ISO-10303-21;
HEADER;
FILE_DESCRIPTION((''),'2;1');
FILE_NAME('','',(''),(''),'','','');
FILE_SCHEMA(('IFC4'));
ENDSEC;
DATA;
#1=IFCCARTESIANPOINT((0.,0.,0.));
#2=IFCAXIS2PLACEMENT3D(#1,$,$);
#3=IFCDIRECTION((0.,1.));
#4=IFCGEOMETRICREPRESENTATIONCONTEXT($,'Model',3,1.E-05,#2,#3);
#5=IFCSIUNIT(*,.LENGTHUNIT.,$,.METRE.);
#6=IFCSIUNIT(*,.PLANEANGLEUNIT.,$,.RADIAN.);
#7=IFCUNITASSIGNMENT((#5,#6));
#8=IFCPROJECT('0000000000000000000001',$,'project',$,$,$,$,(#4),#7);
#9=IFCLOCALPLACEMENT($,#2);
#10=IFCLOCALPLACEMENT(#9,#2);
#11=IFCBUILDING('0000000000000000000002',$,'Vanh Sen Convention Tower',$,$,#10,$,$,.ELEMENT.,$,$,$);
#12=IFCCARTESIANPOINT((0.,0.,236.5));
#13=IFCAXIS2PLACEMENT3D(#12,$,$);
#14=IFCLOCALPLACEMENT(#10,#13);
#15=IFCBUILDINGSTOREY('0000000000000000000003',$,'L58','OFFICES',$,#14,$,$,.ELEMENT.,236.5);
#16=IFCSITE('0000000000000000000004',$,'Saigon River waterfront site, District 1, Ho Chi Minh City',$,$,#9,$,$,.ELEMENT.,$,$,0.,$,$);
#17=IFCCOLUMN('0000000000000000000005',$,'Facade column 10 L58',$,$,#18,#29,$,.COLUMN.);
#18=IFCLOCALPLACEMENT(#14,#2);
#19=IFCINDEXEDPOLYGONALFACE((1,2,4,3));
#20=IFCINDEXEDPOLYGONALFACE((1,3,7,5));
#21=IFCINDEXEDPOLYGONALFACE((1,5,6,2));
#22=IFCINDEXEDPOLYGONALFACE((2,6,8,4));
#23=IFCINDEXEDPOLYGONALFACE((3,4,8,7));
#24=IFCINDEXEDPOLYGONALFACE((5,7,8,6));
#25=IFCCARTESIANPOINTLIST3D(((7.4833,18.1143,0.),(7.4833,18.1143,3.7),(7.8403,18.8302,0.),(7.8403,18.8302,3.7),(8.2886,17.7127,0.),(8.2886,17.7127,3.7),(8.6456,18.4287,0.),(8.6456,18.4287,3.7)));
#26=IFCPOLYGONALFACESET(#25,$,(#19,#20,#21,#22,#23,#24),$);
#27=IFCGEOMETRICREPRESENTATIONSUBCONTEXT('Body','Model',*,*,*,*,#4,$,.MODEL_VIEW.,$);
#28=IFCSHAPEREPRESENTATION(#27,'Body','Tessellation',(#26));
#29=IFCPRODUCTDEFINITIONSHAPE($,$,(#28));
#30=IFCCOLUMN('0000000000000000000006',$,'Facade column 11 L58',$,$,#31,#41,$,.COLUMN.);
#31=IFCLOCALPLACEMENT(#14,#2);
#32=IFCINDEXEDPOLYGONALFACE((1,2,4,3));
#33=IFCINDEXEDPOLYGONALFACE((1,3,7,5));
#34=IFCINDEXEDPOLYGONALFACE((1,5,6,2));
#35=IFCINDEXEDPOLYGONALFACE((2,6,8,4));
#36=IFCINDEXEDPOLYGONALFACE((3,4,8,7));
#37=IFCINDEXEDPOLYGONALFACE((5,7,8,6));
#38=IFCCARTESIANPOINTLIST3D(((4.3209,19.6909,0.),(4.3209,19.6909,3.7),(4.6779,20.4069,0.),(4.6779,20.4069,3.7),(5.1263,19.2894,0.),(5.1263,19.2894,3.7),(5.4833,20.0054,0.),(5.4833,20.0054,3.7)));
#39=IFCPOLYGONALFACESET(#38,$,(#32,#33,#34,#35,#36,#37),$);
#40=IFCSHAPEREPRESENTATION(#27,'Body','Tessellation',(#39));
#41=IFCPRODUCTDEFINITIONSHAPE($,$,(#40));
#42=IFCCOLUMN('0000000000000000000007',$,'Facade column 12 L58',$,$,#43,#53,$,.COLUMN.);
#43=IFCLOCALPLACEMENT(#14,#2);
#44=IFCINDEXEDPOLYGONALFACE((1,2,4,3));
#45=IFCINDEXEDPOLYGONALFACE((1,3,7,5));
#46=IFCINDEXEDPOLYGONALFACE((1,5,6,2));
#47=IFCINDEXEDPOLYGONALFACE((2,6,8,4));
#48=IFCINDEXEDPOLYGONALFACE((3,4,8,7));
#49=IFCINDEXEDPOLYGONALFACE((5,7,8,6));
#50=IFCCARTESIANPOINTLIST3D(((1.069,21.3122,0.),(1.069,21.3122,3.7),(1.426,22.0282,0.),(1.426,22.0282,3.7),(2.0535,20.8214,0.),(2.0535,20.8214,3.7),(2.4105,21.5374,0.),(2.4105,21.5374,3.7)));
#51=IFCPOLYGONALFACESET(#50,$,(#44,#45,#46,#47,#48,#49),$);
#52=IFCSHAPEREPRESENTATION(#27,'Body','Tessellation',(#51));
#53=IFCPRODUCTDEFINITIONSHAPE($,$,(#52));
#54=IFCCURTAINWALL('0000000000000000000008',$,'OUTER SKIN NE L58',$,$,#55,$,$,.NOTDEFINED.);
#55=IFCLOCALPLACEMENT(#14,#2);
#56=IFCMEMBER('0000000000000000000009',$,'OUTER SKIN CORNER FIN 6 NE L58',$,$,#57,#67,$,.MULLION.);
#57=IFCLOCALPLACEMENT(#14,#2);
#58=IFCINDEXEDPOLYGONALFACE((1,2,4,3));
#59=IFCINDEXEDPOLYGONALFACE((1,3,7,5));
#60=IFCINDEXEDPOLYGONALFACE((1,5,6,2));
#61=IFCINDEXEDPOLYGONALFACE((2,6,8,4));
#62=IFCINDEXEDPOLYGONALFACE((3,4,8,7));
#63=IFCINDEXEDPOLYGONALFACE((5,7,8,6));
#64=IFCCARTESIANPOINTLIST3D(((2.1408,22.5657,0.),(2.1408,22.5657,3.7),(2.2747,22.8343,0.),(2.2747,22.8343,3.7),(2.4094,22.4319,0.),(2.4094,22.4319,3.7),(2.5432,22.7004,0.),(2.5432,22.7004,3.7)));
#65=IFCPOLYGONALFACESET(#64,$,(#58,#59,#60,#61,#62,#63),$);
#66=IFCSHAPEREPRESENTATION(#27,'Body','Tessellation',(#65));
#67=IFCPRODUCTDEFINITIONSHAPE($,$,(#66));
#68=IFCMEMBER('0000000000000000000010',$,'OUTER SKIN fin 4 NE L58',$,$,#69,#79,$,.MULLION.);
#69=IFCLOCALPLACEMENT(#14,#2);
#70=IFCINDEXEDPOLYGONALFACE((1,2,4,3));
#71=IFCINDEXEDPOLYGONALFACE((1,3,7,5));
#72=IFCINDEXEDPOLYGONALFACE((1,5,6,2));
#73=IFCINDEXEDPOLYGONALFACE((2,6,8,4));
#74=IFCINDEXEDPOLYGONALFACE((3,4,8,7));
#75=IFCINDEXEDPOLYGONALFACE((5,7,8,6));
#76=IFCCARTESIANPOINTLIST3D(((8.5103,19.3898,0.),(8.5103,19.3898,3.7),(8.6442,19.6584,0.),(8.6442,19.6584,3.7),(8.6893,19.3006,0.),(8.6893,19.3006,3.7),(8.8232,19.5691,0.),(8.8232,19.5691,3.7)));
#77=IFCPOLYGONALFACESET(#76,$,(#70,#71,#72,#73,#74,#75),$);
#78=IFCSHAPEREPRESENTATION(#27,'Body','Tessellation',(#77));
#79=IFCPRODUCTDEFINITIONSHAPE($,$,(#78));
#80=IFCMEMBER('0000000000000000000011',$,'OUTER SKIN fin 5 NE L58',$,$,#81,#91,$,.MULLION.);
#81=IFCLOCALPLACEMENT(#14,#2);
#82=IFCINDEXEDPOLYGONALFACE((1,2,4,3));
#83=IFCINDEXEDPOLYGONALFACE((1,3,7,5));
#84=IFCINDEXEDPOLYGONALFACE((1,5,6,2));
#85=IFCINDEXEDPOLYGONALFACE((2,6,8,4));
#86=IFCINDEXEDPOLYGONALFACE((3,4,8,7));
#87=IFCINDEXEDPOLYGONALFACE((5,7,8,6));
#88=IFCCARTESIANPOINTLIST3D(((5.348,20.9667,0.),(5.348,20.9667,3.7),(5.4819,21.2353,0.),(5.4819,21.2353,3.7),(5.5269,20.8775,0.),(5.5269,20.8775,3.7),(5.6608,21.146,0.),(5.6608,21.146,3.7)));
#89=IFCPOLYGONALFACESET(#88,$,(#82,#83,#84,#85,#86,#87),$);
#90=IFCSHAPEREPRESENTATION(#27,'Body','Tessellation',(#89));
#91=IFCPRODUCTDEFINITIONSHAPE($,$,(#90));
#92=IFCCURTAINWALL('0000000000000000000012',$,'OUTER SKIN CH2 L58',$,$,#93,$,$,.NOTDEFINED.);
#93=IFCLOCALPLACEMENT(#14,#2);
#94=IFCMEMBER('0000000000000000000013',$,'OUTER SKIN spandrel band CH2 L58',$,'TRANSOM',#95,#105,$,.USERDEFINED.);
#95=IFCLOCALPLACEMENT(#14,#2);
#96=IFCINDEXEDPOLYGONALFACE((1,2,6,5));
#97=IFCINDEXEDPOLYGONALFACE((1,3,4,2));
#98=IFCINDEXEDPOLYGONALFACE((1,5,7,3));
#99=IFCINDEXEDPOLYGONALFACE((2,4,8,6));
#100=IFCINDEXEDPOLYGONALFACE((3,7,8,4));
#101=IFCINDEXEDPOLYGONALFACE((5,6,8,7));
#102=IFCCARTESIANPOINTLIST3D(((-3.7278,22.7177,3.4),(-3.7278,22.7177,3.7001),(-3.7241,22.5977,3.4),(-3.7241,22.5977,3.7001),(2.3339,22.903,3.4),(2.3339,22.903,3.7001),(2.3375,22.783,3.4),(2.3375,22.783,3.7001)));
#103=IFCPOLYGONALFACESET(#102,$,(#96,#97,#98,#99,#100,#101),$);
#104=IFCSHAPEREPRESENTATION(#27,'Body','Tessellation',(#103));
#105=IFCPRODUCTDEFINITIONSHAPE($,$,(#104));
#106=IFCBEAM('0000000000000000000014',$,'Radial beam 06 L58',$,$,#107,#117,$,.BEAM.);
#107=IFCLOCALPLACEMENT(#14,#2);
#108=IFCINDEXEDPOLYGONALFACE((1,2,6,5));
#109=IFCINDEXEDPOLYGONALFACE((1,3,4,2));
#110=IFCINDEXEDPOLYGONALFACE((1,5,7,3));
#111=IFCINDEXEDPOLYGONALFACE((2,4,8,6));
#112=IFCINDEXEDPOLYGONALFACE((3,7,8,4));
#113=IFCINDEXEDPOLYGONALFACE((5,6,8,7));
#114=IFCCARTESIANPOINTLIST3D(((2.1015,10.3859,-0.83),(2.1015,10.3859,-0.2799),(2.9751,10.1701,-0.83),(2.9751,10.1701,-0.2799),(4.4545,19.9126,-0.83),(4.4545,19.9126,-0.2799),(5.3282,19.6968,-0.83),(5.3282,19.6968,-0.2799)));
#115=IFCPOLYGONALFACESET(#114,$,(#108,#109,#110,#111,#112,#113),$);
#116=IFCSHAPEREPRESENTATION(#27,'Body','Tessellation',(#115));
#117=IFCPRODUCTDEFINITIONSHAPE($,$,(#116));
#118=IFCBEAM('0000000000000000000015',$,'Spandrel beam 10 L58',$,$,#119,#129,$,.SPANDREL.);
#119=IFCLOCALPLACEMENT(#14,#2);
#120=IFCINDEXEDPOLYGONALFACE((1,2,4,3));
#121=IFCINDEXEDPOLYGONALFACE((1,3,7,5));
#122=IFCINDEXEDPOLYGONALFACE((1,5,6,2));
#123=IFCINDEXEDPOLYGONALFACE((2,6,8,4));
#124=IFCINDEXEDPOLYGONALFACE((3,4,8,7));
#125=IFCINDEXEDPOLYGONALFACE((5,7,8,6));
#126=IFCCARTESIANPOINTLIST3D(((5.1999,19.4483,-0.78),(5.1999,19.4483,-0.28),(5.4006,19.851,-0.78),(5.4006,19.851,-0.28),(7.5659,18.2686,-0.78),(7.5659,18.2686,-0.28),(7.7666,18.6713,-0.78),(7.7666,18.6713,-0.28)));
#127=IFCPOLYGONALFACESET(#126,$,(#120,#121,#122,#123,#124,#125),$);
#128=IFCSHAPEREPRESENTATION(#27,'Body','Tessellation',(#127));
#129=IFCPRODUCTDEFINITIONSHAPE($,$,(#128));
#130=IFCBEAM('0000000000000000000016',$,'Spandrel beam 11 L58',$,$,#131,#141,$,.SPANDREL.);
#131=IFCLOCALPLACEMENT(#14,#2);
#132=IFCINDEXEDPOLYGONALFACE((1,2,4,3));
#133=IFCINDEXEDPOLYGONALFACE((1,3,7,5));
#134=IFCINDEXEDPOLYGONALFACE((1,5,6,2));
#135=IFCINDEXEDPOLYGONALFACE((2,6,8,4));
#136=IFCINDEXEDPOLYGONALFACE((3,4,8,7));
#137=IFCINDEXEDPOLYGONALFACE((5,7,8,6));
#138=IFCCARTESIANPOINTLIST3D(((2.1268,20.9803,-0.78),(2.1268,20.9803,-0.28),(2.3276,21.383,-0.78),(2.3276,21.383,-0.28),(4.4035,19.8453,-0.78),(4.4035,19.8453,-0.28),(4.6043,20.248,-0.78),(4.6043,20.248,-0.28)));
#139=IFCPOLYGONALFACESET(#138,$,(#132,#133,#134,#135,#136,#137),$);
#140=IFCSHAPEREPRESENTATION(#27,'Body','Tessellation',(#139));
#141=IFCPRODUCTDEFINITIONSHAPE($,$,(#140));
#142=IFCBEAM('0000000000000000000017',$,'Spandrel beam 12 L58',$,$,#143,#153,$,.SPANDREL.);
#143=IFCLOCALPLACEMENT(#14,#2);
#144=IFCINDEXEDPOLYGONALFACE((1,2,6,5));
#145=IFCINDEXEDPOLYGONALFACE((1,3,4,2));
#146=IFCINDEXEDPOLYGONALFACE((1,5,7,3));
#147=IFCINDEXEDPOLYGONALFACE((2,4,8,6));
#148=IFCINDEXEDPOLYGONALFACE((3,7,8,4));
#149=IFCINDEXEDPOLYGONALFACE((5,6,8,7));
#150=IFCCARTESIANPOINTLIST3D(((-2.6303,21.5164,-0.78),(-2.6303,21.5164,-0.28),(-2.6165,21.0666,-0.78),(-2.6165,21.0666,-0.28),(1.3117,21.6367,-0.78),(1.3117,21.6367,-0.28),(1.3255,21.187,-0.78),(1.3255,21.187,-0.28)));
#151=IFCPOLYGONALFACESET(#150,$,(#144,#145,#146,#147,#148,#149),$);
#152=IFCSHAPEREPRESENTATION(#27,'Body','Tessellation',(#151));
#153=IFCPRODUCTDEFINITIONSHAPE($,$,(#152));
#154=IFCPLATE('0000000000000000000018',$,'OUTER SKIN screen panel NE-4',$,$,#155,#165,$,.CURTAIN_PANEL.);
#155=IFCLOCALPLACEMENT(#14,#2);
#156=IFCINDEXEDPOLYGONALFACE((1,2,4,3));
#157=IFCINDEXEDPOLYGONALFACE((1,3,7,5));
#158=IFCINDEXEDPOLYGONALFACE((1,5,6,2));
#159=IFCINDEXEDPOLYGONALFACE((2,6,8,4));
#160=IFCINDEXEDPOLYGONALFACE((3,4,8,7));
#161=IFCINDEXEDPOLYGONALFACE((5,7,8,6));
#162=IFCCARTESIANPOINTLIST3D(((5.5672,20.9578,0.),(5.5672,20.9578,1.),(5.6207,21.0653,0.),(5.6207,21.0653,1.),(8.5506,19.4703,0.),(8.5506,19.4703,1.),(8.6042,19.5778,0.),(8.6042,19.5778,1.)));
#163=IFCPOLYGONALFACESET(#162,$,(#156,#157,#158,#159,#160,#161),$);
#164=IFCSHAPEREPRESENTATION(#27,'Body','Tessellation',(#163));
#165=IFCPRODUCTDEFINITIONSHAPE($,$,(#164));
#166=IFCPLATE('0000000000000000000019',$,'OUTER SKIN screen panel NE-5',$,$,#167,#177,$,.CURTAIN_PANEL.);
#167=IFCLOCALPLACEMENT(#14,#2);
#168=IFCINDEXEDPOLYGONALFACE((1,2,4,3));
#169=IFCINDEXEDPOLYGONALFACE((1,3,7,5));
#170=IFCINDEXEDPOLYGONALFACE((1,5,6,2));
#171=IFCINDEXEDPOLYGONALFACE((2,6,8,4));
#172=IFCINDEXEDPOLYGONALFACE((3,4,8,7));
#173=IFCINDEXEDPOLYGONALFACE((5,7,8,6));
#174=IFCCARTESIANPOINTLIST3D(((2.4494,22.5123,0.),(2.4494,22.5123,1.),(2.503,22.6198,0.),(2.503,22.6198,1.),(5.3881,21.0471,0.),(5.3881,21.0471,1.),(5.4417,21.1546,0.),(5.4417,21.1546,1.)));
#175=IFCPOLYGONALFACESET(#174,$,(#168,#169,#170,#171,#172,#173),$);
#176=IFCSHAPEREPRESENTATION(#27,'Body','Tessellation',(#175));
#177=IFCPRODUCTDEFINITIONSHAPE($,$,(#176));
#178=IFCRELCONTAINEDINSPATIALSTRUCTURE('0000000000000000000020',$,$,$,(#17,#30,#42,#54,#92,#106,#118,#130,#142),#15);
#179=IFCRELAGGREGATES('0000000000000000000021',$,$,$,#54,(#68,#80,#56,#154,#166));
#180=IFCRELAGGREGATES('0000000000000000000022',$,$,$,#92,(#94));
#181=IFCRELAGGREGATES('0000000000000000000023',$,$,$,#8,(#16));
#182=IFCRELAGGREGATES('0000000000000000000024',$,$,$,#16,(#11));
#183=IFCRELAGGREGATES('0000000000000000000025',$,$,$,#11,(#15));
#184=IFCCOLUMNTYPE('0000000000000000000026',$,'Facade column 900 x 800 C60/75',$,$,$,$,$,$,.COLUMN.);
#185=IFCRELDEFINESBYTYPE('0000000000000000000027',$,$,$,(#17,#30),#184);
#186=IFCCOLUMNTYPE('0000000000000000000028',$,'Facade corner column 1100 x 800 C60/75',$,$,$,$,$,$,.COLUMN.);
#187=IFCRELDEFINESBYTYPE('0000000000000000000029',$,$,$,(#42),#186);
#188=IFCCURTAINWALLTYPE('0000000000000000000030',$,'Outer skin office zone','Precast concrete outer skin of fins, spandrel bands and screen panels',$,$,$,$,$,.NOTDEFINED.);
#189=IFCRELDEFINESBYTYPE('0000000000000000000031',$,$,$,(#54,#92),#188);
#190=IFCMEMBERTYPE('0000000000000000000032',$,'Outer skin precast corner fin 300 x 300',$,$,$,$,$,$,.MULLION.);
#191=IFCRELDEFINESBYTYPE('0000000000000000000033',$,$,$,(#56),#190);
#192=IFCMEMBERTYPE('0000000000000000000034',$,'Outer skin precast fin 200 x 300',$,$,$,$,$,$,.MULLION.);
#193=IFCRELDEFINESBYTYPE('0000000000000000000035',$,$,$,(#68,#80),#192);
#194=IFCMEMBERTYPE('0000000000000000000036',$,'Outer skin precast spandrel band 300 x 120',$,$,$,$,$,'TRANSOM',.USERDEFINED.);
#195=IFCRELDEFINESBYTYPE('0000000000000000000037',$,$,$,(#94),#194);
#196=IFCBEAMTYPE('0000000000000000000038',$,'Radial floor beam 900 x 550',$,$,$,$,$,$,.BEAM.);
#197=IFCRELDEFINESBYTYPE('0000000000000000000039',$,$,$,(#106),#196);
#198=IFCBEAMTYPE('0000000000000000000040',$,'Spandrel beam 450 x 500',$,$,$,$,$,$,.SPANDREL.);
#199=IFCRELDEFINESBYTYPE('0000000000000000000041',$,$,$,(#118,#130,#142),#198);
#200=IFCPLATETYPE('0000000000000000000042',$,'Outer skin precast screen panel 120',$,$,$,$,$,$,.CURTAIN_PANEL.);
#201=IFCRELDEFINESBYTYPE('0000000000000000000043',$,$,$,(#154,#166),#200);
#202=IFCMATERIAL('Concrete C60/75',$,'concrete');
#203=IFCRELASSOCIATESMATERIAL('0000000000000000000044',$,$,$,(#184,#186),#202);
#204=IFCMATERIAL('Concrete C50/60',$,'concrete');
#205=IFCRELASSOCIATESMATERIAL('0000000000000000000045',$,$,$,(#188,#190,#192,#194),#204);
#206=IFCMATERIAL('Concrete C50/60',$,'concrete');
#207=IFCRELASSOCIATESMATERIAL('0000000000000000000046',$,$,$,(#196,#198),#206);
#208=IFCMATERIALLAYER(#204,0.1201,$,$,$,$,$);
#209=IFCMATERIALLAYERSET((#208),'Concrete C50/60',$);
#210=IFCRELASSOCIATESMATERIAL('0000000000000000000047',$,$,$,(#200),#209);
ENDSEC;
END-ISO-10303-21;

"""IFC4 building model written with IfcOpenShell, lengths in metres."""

from ifc_helpers import new_model, si_unit, direction, frame, origin, origin_2d, place, context, subcontext, project, spatial, rectangle, extrude, material, layer, layer_set, material_profile, profile_set, type_object, element, aggregate, save


model = new_model("IFC4")

# Units and contexts
model_context = context("Model", 3, precision=1e-05, world=origin(), true_north=direction((0.0, 1.0)))
body_context = subcontext(model_context, "Body", "Model", "MODEL_VIEW")
ifc_project = project(units=[si_unit("LENGTHUNIT", "METRE"), si_unit("PLANEANGLEUNIT", "RADIAN")], contexts=[model_context])

# Site, building, storey
site_placement = place(None, origin())
site = spatial("IfcSite", under=ifc_project, at=site_placement, Name="Saigon River waterfront site, District 1, Ho Chi Minh City", CompositionType="ELEMENT", RefElevation=0.0)
building_placement = place(site_placement, origin())
building = spatial("IfcBuilding", under=site, at=building_placement, Name="Vanh Sen Convention Tower", CompositionType="ELEMENT")
storey_placement = place(building_placement, frame((0.0, 0.0, 236.5)))
storey = spatial("IfcBuildingStorey", under=building, at=storey_placement, Name="L58", Description="OFFICES", CompositionType="ELEMENT", Elevation=236.5)

# Columns
ifc_material_1 = material(Name="Concrete C60/75", Category="concrete")
ifc_material_profile_1 = material_profile(ifc_material_1, rectangle(XDim=0.8999, YDim=0.8, at=origin_2d()), Name="RC 900X800")
ifc_profile_set_1 = profile_set([ifc_material_profile_1], Name="Concrete C60/75")
column_type_1 = type_object("IfcColumnType", Name="Facade column 900 x 800 C60/75", PredefinedType="COLUMN", material=ifc_profile_set_1)
for number, where, z_axis, x_axis, name in (
    (1, (8.0645, 18.2715, 0.0), (0.0, 0.0, 1.0), (-0.894934, 0.446198, 0.0), "Facade column 10 L58"),
    (2, (4.9021, 19.8481, 0.0), (0.0, 0.0, 1.0), (-0.894934, 0.446198, 0.0), "Facade column 11 L58"),
):
    element("IfcColumn", number, at=place(storey_placement, frame(where, z_axis=z_axis, x_axis=x_axis)), inside=storey, type_object=column_type_1, Name=name, PredefinedType="COLUMN", context=body_context, shape_type="SweptSolid", body=[
        extrude(rectangle(XDim=0.8999, YDim=0.8, at=origin_2d()), origin(), (0.0, 0.0, 1.0), 3.7),
    ])
ifc_material_profile_2 = material_profile(ifc_material_1, rectangle(XDim=1.1001, YDim=0.8, at=origin_2d()), Name="RC 1100X800")
ifc_profile_set_2 = profile_set([ifc_material_profile_2], Name="Concrete C60/75")
column_type_2 = type_object("IfcColumnType", Name="Facade corner column 1100 x 800 C60/75", PredefinedType="COLUMN", material=ifc_profile_set_2)
column_placement = place(storey_placement, frame((1.7397, 21.4248, 0.0), z_axis=(0.0, 0.0, 1.0), x_axis=(-0.894934, 0.446198, 0.0)))
element("IfcColumn", 3, at=column_placement, inside=storey, type_object=column_type_2, Name="Facade column 12 L58", PredefinedType="COLUMN", context=body_context, shape_type="SweptSolid", body=[
    extrude(rectangle(XDim=1.1001, YDim=0.8, at=origin_2d()), origin(), (0.0, 0.0, 1.0), 3.7),
])

# Curtain wall, members
ifc_material_2 = material(Name="Concrete C50/60", Category="concrete")
curtain_wall_type = type_object("IfcCurtainWallType", Name="Outer skin office zone", Description="Precast concrete outer skin of fins, spandrel bands and screen panels", PredefinedType="NOTDEFINED", material=ifc_material_2)
curtain_wall_1_placement = place(storey_placement, origin())
curtain_wall_1 = element("IfcCurtainWall", 4, at=curtain_wall_1_placement, inside=storey, type_object=curtain_wall_type, Name="OUTER SKIN NE L58", PredefinedType="NOTDEFINED")
ifc_material_profile_3 = material_profile(ifc_material_2, rectangle(XDim=0.3, YDim=0.3, at=origin_2d()), Name="Outer skin precast corner fin 300 x 300")
ifc_profile_set_3 = profile_set([ifc_material_profile_3], Name="Concrete C50/60")
member_type_1 = type_object("IfcMemberType", Name="Outer skin precast corner fin 300 x 300", PredefinedType="MULLION", material=ifc_profile_set_3)
member_1_placement = place(storey_placement, frame((2.342, 22.6331, 0.0), z_axis=(0.0, 0.0, 1.0), x_axis=(-0.894934, 0.446198, 0.0)))
member_1 = element("IfcMember", 5, at=member_1_placement, type_object=member_type_1, Name="OUTER SKIN CORNER FIN 6 NE L58", PredefinedType="MULLION", context=body_context, shape_type="SweptSolid", body=[
    extrude(rectangle(XDim=0.3, YDim=0.3, at=origin_2d()), origin(), (0.0, 0.0, 1.0), 3.7),
])
ifc_material_profile_4 = material_profile(ifc_material_2, rectangle(XDim=0.2, YDim=0.3, at=origin_2d()), Name="Outer skin precast fin 200 x 300")
ifc_profile_set_4 = profile_set([ifc_material_profile_4], Name="Concrete C50/60")
member_type_2 = type_object("IfcMemberType", Name="Outer skin precast fin 200 x 300", PredefinedType="MULLION", material=ifc_profile_set_4)
member_2_placement = place(storey_placement, frame((8.6667, 19.4795, 0.0), z_axis=(0.0, 0.0, 1.0), x_axis=(-0.894934, 0.446198, 0.0)))
member_2 = element("IfcMember", 6, at=member_2_placement, type_object=member_type_2, Name="OUTER SKIN fin 4 NE L58", PredefinedType="MULLION", context=body_context, shape_type="SweptSolid", body=[
    extrude(rectangle(XDim=0.2, YDim=0.3, at=origin_2d()), origin(), (0.0, 0.0, 1.0), 3.7),
])
member_3_placement = place(storey_placement, frame((5.5044, 21.0564, 0.0), z_axis=(0.0, 0.0, 1.0), x_axis=(-0.894934, 0.446198, 0.0)))
member_3 = element("IfcMember", 7, at=member_3_placement, type_object=member_type_2, Name="OUTER SKIN fin 5 NE L58", PredefinedType="MULLION", context=body_context, shape_type="SweptSolid", body=[
    extrude(rectangle(XDim=0.2, YDim=0.3, at=origin_2d()), origin(), (0.0, 0.0, 1.0), 3.7),
])

# Curtain wall, member
curtain_wall_2_placement = place(storey_placement, origin())
curtain_wall_2 = element("IfcCurtainWall", 8, at=curtain_wall_2_placement, inside=storey, type_object=curtain_wall_type, Name="OUTER SKIN CH2 L58", PredefinedType="NOTDEFINED")
ifc_material_profile_5 = material_profile(ifc_material_2, rectangle(XDim=0.1201, YDim=0.3, at=origin_2d()), Name="Outer skin precast spandrel band 300 x 120")
ifc_profile_set_5 = profile_set([ifc_material_profile_5], Name="Concrete C50/60")
member_type_3 = type_object("IfcMemberType", Name="Outer skin precast spandrel band 300 x 120", ElementType="TRANSOM", PredefinedType="USERDEFINED", material=ifc_profile_set_5)
member_4_placement = place(storey_placement, frame((2.3357, 22.843, 3.55), z_axis=(-0.999533, -0.030556, 0.0), x_axis=(0.030556, -0.999533, 0.0)))
member_4 = element("IfcMember", 9, at=member_4_placement, type_object=member_type_3, Name="OUTER SKIN spandrel band CH2 L58", ObjectType="TRANSOM", PredefinedType="USERDEFINED", context=body_context, shape_type="SweptSolid", body=[
    extrude(rectangle(XDim=0.1201, YDim=0.3, at=origin_2d()), origin(), (0.0, 0.0, 1.0), 6.0645),
])

# Beams
ifc_material_3 = material(Name="Concrete C50/60", Category="concrete")
ifc_material_profile_6 = material_profile(ifc_material_3, rectangle(XDim=0.8999, YDim=0.55, at=origin_2d()), Name="RC 900X550")
ifc_profile_set_6 = profile_set([ifc_material_profile_6], Name="Concrete C50/60")
beam_type_1 = type_object("IfcBeamType", Name="Radial floor beam 900 x 550", PredefinedType="BEAM", material=ifc_profile_set_6)
beam_1_placement = place(storey_placement, frame((4.8914, 19.8047, -0.5549), z_axis=(-0.239789, -0.970825, 0.0), x_axis=(0.970825, -0.239789, 0.0)))
element("IfcBeam", 10, at=beam_1_placement, inside=storey, type_object=beam_type_1, Name="Radial beam 06 L58", PredefinedType="BEAM", context=body_context, shape_type="SweptSolid", body=[
    extrude(rectangle(XDim=0.8999, YDim=0.55, at=origin_2d()), origin(), (0.0, 0.0, 1.0), 9.813),
])
ifc_material_profile_7 = material_profile(ifc_material_3, rectangle(XDim=0.45, YDim=0.5, at=origin_2d()), Name="RC 450X500")
ifc_profile_set_7 = profile_set([ifc_material_profile_7], Name="Concrete C50/60")
beam_type_2 = type_object("IfcBeamType", Name="Spandrel beam 450 x 500", PredefinedType="SPANDREL", material=ifc_profile_set_7)
beam_2_placement = place(storey_placement, frame((7.6663, 18.47, -0.53), z_axis=(-0.894925, 0.446216, 0.0), x_axis=(-0.446216, -0.894925, 0.0)))
element("IfcBeam", 11, at=beam_2_placement, inside=storey, type_object=beam_type_2, Name="Spandrel beam 10 L58", PredefinedType="SPANDREL", context=body_context, shape_type="SweptSolid", body=[
    extrude(rectangle(XDim=0.45, YDim=0.5, at=origin_2d()), origin(), (0.0, 0.0, 1.0), 2.6438),
])
beam_3_placement = place(storey_placement, frame((4.5039, 20.0466, -0.53), z_axis=(-0.894945, 0.446177, 0.0), x_axis=(-0.446177, -0.894945, 0.0)))
element("IfcBeam", 12, at=beam_3_placement, inside=storey, type_object=beam_type_2, Name="Spandrel beam 11 L58", PredefinedType="SPANDREL", context=body_context, shape_type="SweptSolid", body=[
    extrude(rectangle(XDim=0.45, YDim=0.5, at=origin_2d()), origin(), (0.0, 0.0, 1.0), 2.5439),
])
beam_4_placement = place(storey_placement, frame((1.3186, 21.4119, -0.53), z_axis=(-0.999534, -0.03052, 0.0), x_axis=(0.03052, -0.999534, 0.0)))
element("IfcBeam", 13, at=beam_4_placement, inside=storey, type_object=beam_type_2, Name="Spandrel beam 12 L58", PredefinedType="SPANDREL", context=body_context, shape_type="SweptSolid", body=[
    extrude(rectangle(XDim=0.45, YDim=0.5, at=origin_2d()), origin(), (0.0, 0.0, 1.0), 3.9438),
])

# Plates
ifc_layer_1 = layer(ifc_material_2, 0.1201)
ifc_layer_set_1 = layer_set([ifc_layer_1], Name="Concrete C50/60")
plate_type = type_object("IfcPlateType", Name="Outer skin precast screen panel 120", PredefinedType="CURTAIN_PANEL", material=ifc_layer_set_1)
plate_1_placement = place(storey_placement, frame((7.0857, 20.2678, 0.0), z_axis=(0.0, 0.0, 1.0), x_axis=(-0.894936, 0.446195, 0.0)))
plate_1 = element("IfcPlate", 14, at=plate_1_placement, type_object=plate_type, Name="OUTER SKIN screen panel NE-4", PredefinedType="CURTAIN_PANEL", context=body_context, shape_type="SweptSolid", body=[
    extrude(rectangle(XDim=3.3337, YDim=0.1201, at=origin_2d()), origin(), (0.0, 0.0, 1.0), 1.0),
])
plate_2_placement = place(storey_placement, frame((3.9456, 21.8335, 0.0), z_axis=(0.0, 0.0, 1.0), x_axis=(-0.89493, 0.446206, 0.0)))
plate_2 = element("IfcPlate", 15, at=plate_2_placement, type_object=plate_type, Name="OUTER SKIN screen panel NE-5", PredefinedType="CURTAIN_PANEL", context=body_context, shape_type="SweptSolid", body=[
    extrude(rectangle(XDim=3.2837, YDim=0.1201, at=origin_2d()), origin(), (0.0, 0.0, 1.0), 1.0),
])
aggregate(curtain_wall_1, [member_2, member_3, member_1, plate_1, plate_2])
aggregate(curtain_wall_2, [member_4])

save(model, "model.ifc")
